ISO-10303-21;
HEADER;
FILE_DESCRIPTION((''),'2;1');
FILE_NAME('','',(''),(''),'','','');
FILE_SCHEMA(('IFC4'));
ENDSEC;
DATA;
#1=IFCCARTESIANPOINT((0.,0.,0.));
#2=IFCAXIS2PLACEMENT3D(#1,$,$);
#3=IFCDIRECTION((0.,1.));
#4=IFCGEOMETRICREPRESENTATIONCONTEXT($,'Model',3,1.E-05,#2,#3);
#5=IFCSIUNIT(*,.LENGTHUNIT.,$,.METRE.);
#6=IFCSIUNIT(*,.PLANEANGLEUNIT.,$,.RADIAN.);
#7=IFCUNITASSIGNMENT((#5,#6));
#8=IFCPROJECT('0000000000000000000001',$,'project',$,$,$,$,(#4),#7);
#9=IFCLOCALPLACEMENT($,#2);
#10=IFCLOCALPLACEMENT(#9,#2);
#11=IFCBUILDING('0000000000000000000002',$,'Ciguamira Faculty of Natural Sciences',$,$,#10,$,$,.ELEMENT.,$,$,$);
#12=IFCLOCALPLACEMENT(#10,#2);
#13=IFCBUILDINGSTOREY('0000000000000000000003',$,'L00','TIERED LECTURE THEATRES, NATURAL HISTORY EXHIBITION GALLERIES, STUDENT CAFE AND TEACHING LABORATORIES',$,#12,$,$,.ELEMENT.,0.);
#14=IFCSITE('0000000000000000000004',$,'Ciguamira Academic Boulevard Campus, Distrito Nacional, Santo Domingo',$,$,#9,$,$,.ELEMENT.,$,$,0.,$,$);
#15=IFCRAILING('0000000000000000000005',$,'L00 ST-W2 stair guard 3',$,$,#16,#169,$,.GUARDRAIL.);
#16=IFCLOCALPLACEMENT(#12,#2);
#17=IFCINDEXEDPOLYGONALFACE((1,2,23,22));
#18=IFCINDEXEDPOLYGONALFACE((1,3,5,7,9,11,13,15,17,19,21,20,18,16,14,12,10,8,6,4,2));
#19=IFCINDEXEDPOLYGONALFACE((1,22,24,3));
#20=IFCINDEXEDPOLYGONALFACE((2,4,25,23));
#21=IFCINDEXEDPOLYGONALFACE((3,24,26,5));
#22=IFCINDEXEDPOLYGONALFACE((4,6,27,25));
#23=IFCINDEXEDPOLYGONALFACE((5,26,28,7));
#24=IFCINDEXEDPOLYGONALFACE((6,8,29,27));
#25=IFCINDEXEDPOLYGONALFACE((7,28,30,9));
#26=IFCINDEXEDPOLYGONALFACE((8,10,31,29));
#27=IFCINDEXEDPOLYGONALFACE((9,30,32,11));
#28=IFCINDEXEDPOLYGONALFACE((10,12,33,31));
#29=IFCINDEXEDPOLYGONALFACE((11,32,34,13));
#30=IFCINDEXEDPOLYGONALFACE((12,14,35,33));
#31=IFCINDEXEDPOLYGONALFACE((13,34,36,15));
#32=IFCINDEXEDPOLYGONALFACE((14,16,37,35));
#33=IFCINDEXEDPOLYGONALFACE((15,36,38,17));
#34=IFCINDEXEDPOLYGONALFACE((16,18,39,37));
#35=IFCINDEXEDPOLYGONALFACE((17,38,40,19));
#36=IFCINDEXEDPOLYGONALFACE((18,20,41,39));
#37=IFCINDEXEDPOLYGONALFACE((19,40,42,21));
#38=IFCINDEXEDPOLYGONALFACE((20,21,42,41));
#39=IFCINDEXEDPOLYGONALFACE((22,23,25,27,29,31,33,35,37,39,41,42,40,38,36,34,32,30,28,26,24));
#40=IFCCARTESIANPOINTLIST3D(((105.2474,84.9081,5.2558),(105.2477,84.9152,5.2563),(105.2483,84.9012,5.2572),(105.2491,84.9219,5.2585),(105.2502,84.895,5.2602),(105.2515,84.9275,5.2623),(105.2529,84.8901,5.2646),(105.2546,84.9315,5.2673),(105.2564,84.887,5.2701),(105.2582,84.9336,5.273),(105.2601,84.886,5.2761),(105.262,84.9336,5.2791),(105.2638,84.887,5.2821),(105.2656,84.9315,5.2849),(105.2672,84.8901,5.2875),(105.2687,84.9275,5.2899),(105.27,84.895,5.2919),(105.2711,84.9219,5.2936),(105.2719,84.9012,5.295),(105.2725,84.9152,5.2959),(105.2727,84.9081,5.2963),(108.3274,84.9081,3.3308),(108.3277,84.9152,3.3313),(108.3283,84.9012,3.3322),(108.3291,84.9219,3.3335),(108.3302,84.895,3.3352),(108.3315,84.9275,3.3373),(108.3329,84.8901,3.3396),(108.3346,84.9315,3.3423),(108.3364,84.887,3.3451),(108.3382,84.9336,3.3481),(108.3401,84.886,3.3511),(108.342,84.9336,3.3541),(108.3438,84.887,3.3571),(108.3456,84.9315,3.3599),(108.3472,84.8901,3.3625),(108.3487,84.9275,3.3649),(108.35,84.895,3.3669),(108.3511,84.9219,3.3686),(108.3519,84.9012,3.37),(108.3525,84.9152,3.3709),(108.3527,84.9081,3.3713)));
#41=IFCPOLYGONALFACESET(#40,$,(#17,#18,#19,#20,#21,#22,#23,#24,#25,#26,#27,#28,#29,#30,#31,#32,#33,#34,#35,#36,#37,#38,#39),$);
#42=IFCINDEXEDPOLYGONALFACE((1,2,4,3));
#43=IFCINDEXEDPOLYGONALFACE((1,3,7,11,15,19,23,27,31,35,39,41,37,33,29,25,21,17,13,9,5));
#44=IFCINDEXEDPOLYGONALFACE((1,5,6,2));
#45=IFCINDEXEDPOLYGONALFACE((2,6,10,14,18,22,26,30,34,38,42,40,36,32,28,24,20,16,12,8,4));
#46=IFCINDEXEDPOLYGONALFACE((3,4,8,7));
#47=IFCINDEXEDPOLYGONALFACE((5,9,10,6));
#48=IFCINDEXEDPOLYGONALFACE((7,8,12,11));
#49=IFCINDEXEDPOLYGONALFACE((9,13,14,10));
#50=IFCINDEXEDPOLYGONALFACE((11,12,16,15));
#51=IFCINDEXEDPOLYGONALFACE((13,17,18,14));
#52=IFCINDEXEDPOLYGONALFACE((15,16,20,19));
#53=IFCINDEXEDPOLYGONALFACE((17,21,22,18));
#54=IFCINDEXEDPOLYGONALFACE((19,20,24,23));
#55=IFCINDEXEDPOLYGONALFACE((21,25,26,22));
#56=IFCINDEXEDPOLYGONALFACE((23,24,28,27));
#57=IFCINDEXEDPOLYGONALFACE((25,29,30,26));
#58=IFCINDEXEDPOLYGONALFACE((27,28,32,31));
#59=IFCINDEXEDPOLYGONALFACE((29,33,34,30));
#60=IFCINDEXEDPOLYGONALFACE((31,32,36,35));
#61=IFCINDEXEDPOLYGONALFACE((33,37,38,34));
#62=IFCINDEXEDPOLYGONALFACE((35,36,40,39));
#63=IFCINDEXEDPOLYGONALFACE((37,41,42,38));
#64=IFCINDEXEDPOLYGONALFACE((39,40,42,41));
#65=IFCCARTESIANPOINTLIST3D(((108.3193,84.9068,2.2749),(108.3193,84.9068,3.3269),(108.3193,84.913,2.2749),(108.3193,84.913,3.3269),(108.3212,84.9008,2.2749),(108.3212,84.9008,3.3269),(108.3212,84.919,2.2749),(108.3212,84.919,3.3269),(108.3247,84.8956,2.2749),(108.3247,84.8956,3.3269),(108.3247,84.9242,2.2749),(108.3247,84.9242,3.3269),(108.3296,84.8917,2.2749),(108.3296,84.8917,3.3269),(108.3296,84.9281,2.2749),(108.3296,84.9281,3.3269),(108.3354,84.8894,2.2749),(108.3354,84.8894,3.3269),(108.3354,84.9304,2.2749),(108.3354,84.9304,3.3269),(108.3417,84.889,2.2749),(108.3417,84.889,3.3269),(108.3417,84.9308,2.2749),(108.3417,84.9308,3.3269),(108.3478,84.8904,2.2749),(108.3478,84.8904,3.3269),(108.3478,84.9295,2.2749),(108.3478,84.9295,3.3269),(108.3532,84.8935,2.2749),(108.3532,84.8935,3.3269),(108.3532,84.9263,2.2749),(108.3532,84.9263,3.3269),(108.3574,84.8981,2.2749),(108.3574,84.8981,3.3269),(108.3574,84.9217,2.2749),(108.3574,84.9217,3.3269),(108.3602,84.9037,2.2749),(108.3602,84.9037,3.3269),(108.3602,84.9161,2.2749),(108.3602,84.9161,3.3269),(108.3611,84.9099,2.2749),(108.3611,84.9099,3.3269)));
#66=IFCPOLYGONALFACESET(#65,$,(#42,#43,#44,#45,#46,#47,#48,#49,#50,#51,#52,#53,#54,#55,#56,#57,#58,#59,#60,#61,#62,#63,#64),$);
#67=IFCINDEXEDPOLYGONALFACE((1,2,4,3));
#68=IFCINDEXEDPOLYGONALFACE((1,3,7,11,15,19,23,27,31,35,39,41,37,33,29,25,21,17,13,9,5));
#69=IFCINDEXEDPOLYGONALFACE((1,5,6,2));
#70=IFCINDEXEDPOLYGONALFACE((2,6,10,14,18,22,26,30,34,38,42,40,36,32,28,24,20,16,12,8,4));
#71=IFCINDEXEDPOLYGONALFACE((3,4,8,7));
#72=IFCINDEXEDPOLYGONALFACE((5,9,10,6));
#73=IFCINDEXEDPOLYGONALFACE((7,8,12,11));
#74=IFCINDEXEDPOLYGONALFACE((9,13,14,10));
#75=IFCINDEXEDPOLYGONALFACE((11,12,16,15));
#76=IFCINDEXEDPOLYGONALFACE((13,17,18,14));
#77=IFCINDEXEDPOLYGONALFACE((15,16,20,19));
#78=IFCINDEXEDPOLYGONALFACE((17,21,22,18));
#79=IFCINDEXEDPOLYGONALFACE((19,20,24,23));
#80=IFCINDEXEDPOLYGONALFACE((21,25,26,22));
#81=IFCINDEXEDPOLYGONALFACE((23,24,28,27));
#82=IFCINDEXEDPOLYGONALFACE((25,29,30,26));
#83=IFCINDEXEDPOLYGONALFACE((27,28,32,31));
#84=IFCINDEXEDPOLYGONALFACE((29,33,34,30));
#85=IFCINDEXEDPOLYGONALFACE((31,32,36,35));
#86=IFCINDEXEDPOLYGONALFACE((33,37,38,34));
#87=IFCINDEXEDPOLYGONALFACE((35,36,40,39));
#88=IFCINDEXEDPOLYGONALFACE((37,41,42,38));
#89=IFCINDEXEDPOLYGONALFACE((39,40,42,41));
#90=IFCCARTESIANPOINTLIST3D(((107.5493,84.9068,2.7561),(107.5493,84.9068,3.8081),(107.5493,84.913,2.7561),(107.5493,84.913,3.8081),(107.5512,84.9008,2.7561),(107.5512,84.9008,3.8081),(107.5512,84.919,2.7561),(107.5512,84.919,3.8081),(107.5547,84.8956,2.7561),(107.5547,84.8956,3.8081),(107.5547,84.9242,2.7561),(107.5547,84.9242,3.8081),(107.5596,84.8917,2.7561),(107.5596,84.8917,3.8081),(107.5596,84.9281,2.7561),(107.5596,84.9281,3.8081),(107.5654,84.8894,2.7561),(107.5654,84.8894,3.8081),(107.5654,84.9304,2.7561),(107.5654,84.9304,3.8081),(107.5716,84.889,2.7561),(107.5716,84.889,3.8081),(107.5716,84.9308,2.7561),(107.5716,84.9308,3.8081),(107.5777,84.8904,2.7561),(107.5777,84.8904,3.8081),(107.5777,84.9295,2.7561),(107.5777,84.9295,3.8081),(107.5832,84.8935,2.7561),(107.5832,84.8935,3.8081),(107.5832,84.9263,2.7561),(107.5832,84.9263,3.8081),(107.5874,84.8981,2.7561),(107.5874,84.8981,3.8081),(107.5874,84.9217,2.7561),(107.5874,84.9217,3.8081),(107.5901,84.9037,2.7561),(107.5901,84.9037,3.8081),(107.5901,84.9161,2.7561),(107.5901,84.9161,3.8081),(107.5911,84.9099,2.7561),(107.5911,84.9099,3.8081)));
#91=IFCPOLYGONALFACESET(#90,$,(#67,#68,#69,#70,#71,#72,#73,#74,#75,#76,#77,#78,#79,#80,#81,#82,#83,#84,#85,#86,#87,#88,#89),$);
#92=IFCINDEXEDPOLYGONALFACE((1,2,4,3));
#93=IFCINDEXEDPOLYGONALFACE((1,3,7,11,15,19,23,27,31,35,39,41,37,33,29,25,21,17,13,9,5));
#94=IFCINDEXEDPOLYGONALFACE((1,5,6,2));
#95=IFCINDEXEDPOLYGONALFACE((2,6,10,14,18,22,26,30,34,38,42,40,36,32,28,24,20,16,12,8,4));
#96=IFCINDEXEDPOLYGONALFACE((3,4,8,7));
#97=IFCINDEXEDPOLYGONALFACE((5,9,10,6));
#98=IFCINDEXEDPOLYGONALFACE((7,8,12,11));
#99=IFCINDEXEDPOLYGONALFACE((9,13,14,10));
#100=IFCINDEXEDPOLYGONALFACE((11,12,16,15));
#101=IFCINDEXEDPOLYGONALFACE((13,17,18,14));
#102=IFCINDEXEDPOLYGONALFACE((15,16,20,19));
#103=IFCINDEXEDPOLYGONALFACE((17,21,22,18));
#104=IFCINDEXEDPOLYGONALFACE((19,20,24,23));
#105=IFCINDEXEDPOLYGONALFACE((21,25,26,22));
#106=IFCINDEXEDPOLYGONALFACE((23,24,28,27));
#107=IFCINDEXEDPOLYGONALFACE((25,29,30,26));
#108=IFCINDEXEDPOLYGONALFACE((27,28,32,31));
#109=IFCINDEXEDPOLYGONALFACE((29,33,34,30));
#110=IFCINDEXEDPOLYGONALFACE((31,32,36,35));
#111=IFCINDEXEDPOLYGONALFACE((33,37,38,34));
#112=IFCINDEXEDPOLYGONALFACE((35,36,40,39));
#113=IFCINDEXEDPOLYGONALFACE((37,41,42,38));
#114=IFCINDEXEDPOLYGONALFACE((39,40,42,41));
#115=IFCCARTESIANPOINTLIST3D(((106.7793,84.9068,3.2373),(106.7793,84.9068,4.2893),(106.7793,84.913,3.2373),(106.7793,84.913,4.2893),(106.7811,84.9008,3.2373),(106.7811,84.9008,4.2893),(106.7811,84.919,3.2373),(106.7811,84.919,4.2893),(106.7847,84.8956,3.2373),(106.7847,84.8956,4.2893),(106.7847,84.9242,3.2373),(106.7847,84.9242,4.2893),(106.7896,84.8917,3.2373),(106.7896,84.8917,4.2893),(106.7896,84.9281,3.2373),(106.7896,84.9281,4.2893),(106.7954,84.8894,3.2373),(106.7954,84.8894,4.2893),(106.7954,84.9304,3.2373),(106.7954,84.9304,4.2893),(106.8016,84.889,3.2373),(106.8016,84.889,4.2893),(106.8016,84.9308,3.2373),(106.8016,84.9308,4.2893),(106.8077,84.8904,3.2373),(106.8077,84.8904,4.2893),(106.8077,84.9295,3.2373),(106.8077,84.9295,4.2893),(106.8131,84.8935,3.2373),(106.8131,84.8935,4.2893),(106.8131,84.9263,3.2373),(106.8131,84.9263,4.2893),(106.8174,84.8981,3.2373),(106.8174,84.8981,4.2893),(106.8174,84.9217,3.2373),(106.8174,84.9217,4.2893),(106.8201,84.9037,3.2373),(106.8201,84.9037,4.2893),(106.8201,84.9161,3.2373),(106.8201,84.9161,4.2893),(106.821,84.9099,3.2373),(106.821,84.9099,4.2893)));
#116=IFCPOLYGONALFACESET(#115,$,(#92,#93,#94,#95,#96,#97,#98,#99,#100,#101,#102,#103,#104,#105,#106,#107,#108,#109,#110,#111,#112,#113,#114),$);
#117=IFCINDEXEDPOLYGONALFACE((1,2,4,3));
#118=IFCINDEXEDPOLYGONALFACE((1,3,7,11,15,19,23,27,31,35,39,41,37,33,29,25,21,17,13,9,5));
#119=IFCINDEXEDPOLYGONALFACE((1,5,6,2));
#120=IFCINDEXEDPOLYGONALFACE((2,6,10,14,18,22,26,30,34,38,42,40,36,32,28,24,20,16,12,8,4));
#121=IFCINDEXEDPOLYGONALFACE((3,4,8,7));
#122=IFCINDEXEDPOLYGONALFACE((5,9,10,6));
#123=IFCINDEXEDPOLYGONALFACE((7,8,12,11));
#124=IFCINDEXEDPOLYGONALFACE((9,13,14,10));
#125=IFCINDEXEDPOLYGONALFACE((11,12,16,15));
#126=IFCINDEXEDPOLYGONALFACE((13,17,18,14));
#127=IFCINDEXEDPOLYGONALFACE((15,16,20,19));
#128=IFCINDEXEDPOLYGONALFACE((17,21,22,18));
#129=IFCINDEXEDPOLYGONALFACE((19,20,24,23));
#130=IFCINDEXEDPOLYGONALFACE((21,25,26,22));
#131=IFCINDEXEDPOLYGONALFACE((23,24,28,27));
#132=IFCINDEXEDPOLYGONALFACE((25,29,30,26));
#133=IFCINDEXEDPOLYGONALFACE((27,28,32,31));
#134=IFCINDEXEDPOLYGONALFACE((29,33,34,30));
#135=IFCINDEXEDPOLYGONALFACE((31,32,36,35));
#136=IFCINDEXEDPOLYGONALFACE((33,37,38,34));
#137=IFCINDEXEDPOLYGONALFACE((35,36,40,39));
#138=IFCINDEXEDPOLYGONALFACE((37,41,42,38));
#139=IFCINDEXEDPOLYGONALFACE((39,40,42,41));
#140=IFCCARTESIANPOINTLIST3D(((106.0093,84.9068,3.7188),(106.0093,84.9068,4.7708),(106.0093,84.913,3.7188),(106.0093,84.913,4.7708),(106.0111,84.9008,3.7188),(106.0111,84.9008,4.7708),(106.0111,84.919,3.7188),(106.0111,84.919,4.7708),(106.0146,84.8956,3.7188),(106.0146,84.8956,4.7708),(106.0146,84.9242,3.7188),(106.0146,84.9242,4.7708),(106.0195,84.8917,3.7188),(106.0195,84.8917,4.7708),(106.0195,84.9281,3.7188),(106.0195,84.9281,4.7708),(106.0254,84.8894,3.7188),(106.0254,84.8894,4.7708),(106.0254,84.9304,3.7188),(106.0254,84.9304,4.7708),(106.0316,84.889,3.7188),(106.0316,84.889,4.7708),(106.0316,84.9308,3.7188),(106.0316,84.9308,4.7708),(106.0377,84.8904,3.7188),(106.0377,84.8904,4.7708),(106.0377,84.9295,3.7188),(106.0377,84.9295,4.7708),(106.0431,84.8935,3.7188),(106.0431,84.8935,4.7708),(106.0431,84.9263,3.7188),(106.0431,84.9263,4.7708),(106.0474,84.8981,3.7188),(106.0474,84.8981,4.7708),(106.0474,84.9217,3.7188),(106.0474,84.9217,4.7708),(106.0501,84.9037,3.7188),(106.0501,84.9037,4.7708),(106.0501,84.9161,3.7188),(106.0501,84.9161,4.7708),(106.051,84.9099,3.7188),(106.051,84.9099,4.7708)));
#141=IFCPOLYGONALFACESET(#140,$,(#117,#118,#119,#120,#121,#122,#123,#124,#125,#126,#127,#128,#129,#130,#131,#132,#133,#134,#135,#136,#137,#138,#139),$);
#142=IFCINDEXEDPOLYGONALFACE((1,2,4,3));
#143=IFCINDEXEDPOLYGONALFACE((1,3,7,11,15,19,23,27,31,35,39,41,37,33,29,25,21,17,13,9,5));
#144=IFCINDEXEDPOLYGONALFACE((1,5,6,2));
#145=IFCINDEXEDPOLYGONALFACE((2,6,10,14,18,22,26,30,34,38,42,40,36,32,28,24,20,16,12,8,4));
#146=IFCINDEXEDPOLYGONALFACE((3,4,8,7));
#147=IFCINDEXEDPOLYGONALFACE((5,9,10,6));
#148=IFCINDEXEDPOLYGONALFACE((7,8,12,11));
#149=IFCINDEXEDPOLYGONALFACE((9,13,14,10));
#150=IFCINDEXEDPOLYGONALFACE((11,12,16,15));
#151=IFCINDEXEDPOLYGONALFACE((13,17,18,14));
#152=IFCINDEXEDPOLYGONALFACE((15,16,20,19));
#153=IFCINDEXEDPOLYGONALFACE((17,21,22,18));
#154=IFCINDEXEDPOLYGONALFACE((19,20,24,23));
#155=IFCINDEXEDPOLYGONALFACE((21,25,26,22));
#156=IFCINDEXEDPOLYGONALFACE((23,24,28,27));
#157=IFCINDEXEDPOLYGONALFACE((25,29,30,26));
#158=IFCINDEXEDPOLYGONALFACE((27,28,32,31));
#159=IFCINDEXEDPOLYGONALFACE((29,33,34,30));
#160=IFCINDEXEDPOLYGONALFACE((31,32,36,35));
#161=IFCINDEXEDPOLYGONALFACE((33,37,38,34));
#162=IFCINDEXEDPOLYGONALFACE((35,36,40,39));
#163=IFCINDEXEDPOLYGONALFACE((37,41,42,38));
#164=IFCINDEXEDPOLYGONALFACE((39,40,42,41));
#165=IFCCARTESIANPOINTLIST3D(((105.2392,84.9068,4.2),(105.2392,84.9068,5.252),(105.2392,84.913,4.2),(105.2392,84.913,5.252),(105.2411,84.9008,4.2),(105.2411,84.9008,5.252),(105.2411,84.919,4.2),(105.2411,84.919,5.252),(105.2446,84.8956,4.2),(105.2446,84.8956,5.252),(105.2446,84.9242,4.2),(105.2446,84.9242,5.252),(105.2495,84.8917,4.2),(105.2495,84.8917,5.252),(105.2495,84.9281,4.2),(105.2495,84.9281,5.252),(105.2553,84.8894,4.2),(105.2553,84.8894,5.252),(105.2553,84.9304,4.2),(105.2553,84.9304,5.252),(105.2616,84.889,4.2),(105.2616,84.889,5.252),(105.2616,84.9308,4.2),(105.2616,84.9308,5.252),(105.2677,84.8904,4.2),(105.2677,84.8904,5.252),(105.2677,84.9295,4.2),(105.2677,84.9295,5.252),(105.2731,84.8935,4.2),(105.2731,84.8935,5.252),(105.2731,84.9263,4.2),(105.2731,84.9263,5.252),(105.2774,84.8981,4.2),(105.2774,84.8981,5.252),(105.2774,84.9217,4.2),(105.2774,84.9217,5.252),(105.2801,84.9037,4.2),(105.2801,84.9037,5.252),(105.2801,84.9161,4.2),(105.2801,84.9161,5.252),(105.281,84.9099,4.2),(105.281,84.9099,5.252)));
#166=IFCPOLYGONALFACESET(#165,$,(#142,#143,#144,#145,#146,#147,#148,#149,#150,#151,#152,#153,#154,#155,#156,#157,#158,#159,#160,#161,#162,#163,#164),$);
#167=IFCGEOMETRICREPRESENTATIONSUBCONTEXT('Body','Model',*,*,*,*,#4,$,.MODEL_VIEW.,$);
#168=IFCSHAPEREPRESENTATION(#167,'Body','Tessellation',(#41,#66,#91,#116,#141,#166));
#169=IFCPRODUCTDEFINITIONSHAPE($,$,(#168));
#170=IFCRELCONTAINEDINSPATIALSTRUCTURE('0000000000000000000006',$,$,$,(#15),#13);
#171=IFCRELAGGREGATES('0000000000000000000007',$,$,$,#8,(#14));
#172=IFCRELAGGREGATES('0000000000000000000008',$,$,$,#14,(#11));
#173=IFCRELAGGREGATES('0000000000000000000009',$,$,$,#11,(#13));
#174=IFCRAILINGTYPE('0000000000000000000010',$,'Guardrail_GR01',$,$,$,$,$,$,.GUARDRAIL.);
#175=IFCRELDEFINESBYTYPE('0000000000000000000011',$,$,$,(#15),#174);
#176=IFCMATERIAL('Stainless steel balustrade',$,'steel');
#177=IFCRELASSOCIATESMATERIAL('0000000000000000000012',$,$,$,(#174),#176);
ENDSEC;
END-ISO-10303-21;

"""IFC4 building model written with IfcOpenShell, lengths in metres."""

from ifc_helpers import new_model, si_unit, direction, frame, origin, origin_2d, place, context, subcontext, project, spatial, circle, extrude, material, type_object, element, save


model = new_model("IFC4")

# Units and contexts
model_context = context("Model", 3, precision=1e-05, world=origin(), true_north=direction((0.0, 1.0)))
body_context = subcontext(model_context, "Body", "Model", "MODEL_VIEW")
ifc_project = project(units=[si_unit("LENGTHUNIT", "METRE"), si_unit("PLANEANGLEUNIT", "RADIAN")], contexts=[model_context])

# Site, building, storey
site_placement = place(None, origin())
site = spatial("IfcSite", under=ifc_project, at=site_placement, Name="Ciguamira Academic Boulevard Campus, Distrito Nacional, Santo Domingo", CompositionType="ELEMENT", RefElevation=0.0)
building_placement = place(site_placement, origin())
building = spatial("IfcBuilding", under=site, at=building_placement, Name="Ciguamira Faculty of Natural Sciences", CompositionType="ELEMENT")
storey_placement = place(building_placement, origin())
storey = spatial("IfcBuildingStorey", under=building, at=storey_placement, Name="L00", Description="TIERED LECTURE THEATRES, NATURAL HISTORY EXHIBITION GALLERIES, STUDENT CAFE AND TEACHING LABORATORIES", CompositionType="ELEMENT", Elevation=0.0)

# Railing
ifc_material_1 = material(Name="Stainless steel balustrade", Category="steel")
railing_type_1 = type_object("IfcRailingType", Name="Guardrail_GR01", PredefinedType="GUARDRAIL", material=ifc_material_1)
railing_1_placement = place(storey_placement, frame((108.3401, 84.9099, 2.2749)))
element("IfcRailing", 1, at=railing_1_placement, inside=storey, type_object=railing_type_1, Name="L00 ST-W2 stair guard 3", PredefinedType="GUARDRAIL", context=body_context, shape_type="SweptSolid", body=[
    extrude(circle(Radius=0.0239, at=origin_2d()), frame((0.0, 0.0, 1.0762), z_axis=(-0.847998, 0.0, 0.529999), x_axis=(0.0, -1.0, 0.0)), (0.0, 0.0, 1.0), 3.6321),
    extrude(circle(Radius=0.021, at=origin_2d()), origin(), (0.0, 0.0, 1.0), 1.052),
    extrude(circle(Radius=0.021, at=origin_2d()), frame((-0.77, 0.0, 0.4812)), (0.0, 0.0, 1.0), 1.052),
    extrude(circle(Radius=0.021, at=origin_2d()), frame((-1.54, 0.0, 0.9624)), (0.0, 0.0, 1.0), 1.052),
    extrude(circle(Radius=0.021, at=origin_2d()), frame((-2.3101, 0.0, 1.4438)), (0.0, 0.0, 1.0), 1.052),
    extrude(circle(Radius=0.021, at=origin_2d()), frame((-3.0801, 0.0, 1.925)), (0.0, 0.0, 1.0), 1.052),
])

save(model, "model.ifc")
